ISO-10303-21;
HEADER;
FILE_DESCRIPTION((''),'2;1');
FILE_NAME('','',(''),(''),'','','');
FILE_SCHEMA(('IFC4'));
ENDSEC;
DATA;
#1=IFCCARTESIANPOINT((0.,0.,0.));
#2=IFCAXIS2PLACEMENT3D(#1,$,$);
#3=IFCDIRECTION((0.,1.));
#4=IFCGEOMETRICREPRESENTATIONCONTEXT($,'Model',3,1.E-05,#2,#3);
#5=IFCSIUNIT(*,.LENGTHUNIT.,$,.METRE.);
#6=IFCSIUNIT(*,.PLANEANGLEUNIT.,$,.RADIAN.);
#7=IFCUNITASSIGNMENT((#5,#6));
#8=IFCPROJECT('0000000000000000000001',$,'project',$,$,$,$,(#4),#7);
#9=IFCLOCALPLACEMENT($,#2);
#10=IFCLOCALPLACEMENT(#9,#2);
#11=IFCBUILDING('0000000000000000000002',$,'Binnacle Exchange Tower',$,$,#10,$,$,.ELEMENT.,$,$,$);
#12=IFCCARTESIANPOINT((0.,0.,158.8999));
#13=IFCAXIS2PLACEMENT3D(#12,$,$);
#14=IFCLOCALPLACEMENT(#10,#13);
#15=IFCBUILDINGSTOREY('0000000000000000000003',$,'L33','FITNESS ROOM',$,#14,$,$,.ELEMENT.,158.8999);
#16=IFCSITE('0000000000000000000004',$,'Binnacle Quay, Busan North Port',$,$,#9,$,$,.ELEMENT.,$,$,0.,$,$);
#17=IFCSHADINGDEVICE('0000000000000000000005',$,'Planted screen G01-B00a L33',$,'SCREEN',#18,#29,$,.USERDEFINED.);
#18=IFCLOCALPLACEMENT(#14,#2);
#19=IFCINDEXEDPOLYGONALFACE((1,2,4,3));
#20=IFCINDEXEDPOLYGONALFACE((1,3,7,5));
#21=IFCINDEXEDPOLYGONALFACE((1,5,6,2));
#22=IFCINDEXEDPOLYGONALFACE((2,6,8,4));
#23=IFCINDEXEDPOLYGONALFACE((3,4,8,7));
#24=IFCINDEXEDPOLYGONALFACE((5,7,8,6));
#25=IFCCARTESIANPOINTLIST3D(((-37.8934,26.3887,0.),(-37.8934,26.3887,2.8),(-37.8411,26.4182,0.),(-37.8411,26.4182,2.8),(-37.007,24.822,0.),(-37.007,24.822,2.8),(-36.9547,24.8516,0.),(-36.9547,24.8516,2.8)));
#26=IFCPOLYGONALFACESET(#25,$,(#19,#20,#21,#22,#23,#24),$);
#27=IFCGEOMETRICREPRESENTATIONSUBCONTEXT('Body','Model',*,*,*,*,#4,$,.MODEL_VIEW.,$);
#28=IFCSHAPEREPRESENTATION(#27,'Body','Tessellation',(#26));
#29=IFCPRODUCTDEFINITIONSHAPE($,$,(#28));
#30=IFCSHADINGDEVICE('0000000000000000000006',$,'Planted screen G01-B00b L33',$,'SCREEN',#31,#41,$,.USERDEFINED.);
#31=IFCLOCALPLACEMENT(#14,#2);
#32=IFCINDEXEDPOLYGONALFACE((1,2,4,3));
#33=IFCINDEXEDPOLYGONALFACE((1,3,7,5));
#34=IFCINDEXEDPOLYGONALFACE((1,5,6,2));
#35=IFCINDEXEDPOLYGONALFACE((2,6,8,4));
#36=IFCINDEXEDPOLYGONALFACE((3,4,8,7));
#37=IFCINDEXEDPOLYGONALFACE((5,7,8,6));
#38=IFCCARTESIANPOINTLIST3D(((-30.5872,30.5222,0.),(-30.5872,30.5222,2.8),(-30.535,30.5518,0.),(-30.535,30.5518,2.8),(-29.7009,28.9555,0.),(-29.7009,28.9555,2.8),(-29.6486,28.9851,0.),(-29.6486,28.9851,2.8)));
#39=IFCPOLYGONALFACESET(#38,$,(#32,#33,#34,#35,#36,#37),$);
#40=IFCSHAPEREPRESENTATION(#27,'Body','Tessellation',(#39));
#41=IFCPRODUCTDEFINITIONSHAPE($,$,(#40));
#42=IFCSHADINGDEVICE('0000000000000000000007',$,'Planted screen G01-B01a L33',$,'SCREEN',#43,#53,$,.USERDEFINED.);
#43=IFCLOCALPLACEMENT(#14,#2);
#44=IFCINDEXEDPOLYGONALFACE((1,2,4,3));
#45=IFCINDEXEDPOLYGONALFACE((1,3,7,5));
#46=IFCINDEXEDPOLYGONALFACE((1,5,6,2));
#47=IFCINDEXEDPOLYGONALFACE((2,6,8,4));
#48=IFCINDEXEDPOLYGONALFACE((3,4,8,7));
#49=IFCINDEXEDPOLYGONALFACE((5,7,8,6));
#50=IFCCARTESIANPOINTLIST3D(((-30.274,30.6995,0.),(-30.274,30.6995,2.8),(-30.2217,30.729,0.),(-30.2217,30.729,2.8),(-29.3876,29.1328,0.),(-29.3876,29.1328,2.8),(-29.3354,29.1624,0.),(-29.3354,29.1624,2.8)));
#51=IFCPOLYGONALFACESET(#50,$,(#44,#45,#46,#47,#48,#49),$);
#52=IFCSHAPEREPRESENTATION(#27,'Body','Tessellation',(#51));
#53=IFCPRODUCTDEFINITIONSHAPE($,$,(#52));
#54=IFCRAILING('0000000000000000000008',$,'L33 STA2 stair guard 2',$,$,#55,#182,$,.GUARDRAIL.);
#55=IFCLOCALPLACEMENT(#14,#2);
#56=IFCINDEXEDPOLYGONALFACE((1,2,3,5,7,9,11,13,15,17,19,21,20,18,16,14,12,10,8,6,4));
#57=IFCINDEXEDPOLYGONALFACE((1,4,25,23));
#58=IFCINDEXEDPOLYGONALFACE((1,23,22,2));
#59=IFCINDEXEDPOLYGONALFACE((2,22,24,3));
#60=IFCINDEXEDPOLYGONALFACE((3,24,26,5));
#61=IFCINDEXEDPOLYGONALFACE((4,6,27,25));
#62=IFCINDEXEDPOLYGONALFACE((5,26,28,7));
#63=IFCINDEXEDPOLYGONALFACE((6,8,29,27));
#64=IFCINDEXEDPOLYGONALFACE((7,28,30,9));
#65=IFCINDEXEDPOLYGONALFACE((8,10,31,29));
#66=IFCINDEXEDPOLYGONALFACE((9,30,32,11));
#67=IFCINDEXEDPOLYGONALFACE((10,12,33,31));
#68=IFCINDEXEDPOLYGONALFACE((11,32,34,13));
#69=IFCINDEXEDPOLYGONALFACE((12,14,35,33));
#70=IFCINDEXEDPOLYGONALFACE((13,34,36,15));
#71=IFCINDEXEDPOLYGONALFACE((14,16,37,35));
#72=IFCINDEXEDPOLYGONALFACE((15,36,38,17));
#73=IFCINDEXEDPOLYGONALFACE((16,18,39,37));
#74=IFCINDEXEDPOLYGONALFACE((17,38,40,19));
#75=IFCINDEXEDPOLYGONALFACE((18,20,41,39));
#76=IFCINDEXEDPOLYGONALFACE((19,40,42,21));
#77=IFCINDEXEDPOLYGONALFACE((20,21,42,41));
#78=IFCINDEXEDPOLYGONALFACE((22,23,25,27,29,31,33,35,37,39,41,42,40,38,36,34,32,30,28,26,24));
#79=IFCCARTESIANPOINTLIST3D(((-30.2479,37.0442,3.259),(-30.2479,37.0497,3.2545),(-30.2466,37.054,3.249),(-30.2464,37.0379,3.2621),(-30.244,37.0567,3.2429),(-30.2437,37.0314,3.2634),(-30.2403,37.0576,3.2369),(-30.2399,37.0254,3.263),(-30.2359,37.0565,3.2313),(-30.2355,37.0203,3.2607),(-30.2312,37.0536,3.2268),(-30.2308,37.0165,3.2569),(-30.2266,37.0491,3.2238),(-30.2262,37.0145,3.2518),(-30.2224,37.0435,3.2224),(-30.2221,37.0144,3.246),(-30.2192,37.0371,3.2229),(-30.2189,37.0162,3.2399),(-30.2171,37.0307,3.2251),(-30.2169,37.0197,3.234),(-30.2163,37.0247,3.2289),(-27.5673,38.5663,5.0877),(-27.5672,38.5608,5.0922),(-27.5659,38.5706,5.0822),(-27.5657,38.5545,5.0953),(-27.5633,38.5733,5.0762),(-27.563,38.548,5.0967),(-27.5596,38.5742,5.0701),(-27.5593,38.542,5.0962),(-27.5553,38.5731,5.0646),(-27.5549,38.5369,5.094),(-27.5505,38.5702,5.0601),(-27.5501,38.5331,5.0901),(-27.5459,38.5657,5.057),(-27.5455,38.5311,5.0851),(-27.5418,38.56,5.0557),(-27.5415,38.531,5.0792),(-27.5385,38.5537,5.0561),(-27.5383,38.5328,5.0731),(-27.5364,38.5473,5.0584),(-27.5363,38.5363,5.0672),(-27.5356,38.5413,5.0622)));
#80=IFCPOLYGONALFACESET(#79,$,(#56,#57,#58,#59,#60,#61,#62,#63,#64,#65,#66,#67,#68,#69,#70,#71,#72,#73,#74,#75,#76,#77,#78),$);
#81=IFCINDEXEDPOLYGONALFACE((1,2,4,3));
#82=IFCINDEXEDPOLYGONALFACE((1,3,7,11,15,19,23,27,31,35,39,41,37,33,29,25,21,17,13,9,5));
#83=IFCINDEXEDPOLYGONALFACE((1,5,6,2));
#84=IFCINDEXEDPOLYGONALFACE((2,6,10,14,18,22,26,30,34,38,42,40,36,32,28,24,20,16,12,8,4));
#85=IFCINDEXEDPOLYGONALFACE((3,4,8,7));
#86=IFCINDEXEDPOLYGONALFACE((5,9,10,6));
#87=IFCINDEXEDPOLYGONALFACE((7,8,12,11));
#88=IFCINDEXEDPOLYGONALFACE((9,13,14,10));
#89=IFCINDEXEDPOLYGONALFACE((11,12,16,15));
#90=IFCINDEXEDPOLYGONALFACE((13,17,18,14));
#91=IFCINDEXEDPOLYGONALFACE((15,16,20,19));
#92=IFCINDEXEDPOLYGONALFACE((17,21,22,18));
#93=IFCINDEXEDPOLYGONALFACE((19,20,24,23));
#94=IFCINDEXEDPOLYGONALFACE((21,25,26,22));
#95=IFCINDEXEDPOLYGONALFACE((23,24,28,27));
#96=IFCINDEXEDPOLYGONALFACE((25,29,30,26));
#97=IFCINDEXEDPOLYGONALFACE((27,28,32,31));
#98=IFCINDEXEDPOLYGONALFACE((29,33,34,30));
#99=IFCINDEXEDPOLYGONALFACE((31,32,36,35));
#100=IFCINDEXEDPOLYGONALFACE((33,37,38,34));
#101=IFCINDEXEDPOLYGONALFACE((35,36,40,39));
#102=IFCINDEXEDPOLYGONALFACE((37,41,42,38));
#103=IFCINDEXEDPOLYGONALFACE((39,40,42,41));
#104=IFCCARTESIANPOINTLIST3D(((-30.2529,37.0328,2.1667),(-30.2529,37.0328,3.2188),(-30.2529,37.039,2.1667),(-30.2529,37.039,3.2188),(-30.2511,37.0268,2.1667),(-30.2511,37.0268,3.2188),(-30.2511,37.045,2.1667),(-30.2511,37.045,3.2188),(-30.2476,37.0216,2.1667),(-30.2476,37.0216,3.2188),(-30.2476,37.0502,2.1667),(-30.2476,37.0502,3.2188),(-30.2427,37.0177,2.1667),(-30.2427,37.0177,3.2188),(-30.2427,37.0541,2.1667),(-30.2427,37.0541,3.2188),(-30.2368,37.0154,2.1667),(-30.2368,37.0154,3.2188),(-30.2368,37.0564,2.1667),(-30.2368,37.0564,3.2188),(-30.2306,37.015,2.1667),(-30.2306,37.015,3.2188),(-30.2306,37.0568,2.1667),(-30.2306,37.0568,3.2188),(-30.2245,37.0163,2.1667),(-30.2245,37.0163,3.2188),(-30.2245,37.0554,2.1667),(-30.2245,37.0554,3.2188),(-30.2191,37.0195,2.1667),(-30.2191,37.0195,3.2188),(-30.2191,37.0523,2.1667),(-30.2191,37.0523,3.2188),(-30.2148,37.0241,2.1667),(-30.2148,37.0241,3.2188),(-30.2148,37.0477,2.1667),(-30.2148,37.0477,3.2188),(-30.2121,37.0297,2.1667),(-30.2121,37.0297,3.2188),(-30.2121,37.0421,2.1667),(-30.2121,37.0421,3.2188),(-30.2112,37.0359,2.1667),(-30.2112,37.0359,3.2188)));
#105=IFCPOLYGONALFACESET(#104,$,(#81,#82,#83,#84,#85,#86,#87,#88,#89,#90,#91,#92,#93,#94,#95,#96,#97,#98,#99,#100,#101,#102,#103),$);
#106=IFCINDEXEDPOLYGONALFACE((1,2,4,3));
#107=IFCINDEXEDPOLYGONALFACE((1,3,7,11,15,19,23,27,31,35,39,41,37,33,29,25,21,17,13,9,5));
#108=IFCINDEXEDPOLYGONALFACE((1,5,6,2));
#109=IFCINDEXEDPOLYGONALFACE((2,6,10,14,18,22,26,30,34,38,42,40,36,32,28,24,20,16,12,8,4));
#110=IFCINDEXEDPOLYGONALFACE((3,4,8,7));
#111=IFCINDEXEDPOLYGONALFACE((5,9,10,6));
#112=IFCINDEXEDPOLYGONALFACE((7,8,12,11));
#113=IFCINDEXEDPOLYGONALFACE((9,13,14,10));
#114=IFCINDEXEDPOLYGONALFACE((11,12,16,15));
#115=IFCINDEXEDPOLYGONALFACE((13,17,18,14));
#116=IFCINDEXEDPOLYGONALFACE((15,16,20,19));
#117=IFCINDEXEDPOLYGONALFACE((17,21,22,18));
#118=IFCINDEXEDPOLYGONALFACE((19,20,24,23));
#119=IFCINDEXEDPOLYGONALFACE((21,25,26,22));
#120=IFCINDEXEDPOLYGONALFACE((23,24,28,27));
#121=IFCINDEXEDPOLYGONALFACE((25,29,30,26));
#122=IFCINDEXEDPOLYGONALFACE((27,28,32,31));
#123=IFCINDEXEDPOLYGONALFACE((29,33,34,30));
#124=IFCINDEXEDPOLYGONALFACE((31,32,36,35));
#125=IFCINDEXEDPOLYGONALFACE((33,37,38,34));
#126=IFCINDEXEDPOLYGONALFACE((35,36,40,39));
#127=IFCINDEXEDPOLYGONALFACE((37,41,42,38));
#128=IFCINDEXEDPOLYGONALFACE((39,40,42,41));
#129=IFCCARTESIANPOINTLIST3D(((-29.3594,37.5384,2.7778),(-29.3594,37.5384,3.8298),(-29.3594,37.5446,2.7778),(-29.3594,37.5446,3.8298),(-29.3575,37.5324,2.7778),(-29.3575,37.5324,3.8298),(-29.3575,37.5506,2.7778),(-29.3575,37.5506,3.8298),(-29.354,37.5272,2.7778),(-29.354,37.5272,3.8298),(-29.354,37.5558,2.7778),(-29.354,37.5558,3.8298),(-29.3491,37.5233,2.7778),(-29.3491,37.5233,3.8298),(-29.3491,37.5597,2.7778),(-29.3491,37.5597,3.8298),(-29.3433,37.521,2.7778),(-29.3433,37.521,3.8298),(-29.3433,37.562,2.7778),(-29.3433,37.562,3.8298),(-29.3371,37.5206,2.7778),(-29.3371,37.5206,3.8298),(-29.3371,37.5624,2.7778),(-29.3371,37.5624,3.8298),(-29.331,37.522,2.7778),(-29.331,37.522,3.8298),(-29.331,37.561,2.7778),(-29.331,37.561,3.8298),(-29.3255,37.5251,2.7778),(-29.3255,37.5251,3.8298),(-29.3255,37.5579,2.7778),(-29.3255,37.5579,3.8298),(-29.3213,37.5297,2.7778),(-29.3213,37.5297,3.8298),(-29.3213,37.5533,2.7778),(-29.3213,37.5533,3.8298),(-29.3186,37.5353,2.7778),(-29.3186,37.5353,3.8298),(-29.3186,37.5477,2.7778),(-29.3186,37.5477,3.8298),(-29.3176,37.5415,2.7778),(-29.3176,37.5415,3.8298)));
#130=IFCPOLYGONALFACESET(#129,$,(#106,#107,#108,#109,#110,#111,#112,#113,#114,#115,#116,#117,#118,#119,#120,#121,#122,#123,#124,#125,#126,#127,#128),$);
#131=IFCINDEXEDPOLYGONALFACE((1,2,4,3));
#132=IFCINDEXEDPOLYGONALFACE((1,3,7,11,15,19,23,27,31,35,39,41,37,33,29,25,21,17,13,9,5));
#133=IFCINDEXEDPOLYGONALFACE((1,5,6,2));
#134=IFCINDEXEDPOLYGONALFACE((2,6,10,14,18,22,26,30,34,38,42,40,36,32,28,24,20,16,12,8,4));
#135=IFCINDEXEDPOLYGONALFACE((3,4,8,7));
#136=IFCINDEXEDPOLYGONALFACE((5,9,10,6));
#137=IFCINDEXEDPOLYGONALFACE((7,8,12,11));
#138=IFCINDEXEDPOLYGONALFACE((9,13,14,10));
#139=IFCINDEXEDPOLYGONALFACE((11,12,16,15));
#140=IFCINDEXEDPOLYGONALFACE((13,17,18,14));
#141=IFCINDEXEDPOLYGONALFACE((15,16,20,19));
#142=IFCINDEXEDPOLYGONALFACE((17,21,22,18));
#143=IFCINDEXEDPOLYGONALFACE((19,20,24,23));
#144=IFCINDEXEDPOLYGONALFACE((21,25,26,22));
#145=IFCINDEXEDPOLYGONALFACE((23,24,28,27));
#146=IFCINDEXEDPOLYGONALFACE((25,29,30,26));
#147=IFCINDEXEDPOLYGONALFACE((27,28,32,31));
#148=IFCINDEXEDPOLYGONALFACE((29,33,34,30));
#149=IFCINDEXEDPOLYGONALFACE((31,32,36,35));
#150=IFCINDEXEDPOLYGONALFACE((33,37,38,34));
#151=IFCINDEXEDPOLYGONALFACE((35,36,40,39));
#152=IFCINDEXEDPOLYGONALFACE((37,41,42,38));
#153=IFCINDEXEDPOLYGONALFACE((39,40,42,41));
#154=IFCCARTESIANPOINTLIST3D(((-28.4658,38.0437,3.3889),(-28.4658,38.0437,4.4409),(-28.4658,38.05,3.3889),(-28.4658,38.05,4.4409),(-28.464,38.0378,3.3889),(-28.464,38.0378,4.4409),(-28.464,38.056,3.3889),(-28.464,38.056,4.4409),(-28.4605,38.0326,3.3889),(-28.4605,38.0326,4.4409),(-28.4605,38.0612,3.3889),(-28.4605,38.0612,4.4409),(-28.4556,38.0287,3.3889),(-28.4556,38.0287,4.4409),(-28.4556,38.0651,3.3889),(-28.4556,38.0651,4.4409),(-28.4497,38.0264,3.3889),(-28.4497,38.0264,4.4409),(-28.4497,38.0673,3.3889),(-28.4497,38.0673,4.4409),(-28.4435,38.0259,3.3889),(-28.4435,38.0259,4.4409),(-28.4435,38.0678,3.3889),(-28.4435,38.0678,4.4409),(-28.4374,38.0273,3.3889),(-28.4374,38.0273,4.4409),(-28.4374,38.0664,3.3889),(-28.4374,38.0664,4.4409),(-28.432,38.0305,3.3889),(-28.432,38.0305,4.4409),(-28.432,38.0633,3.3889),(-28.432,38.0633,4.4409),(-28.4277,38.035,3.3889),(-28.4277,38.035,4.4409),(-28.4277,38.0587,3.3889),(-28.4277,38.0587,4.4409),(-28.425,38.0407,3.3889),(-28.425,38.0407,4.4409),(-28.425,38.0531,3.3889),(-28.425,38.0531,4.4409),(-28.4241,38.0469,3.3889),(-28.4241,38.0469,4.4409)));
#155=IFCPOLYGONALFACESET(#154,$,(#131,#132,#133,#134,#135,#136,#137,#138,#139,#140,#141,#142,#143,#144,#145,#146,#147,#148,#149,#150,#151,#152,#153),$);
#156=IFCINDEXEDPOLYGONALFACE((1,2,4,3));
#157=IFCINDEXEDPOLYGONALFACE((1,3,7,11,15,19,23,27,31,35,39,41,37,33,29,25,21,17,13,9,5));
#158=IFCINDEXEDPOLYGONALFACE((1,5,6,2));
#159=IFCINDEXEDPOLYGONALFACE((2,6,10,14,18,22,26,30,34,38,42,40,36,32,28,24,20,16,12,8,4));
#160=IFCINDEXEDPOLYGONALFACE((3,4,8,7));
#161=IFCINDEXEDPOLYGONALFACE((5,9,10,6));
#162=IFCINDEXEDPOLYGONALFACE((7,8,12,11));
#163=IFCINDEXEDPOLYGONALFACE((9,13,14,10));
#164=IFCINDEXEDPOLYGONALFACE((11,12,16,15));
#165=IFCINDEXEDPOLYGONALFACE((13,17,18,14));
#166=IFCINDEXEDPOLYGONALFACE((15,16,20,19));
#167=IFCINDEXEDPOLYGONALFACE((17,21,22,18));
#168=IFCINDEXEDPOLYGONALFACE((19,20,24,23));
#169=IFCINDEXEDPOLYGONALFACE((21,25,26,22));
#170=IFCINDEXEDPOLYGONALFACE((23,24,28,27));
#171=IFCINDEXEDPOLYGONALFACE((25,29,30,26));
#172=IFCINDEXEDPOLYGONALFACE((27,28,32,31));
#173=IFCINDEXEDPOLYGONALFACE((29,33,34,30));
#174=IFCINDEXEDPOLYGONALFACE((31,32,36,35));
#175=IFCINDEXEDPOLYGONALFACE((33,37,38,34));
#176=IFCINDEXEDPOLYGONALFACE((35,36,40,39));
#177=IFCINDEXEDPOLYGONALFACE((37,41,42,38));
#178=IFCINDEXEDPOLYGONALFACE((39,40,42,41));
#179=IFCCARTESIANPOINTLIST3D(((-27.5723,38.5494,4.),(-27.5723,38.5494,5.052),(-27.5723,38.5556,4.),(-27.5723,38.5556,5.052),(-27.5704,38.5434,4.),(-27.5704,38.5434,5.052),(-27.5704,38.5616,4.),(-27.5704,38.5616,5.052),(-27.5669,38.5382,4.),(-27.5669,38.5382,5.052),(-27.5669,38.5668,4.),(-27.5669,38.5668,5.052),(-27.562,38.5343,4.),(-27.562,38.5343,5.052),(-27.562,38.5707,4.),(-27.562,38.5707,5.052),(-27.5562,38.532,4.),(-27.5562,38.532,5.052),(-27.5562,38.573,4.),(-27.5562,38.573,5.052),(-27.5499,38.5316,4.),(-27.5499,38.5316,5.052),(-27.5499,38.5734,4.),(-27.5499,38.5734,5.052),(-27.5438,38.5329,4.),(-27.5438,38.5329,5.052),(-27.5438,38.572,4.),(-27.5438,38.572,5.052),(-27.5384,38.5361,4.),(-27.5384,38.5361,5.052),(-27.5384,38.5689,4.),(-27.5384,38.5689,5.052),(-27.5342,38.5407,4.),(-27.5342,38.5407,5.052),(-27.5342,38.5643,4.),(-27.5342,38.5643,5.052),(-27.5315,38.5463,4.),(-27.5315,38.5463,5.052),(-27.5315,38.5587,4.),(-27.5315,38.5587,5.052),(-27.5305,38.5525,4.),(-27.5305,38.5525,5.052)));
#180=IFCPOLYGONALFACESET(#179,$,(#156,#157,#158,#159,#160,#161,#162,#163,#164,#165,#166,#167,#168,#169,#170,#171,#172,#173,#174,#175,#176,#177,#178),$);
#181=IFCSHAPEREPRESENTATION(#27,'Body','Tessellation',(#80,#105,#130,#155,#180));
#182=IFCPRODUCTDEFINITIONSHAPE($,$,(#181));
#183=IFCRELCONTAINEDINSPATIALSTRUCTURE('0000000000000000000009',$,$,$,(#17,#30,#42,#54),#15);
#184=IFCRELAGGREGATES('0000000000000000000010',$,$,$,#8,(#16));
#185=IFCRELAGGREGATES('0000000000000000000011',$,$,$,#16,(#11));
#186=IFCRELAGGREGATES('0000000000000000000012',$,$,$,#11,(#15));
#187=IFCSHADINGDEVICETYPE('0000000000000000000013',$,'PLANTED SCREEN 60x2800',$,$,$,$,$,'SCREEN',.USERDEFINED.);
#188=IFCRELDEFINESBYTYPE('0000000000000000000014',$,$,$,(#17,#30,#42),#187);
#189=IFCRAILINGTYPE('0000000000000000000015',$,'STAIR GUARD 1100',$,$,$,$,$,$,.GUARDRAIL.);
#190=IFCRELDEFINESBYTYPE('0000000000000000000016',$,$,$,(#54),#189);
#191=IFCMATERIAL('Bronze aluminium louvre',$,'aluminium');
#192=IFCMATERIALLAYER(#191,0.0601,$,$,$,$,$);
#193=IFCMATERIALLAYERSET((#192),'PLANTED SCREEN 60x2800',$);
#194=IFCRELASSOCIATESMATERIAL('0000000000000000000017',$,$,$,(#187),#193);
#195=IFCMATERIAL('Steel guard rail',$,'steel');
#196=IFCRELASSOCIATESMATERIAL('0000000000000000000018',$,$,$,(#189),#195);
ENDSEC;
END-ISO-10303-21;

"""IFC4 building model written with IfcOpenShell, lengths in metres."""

from ifc_helpers import new_model, si_unit, direction, frame, origin, origin_2d, place, context, subcontext, project, spatial, rectangle, circle, extrude, material, layer, layer_set, type_object, element, save


model = new_model("IFC4")

# Units and contexts
model_context = context("Model", 3, precision=1e-05, world=origin(), true_north=direction((0.0, 1.0)))
body_context = subcontext(model_context, "Body", "Model", "MODEL_VIEW")
ifc_project = project(units=[si_unit("LENGTHUNIT", "METRE"), si_unit("PLANEANGLEUNIT", "RADIAN")], contexts=[model_context])

# Site, building, storey
site_placement = place(None, origin())
site = spatial("IfcSite", under=ifc_project, at=site_placement, Name="Binnacle Quay, Busan North Port", CompositionType="ELEMENT", RefElevation=0.0)
building_placement = place(site_placement, origin())
building = spatial("IfcBuilding", under=site, at=building_placement, Name="Binnacle Exchange Tower", CompositionType="ELEMENT")
storey_placement = place(building_placement, frame((0.0, 0.0, 158.8999)))
storey = spatial("IfcBuildingStorey", under=building, at=storey_placement, Name="L33", Description="FITNESS ROOM", CompositionType="ELEMENT", Elevation=158.8999)

# Shading devices
ifc_material_1 = material(Name="Bronze aluminium louvre", Category="aluminium")
ifc_layer_1 = layer(ifc_material_1, 0.0601)
ifc_layer_set_1 = layer_set([ifc_layer_1], Name="PLANTED SCREEN 60x2800")
shading_device_type = type_object("IfcShadingDeviceType", Name="PLANTED SCREEN 60x2800", ElementType="SCREEN", PredefinedType="USERDEFINED", material=ifc_layer_set_1)
for number, where, z_axis, x_axis, name in (
    (1, (-37.4241, 25.6201, 0.0), (0.0, 0.0, 1.0), (0.870356, 0.492424, 0.0), "Planted screen G01-B00a L33"),
    (2, (-30.1179, 29.7537, 0.0), (0.0, 0.0, 1.0), (0.870356, 0.492424, 0.0), "Planted screen G01-B00b L33"),
    (3, (-29.8047, 29.9309, 0.0), (0.0, 0.0, 1.0), (0.870356, 0.492424, 0.0), "Planted screen G01-B01a L33"),
):
    element("IfcShadingDevice", number, at=place(storey_placement, frame(where, z_axis=z_axis, x_axis=x_axis)), inside=storey, type_object=shading_device_type, Name=name, ObjectType="SCREEN", PredefinedType="USERDEFINED", context=body_context, shape_type="SweptSolid", body=[
        extrude(rectangle(XDim=0.0601, YDim=1.8, at=origin_2d()), origin(), (0.0, 0.0, 1.0), 2.8),
    ])

# Railing
ifc_material_2 = material(Name="Steel guard rail", Category="steel")
railing_type_1 = type_object("IfcRailingType", Name="STAIR GUARD 1100", PredefinedType="GUARDRAIL", material=ifc_material_2)
railing_1_placement = place(storey_placement, frame((-30.2322, 37.0359, 2.1667)))
element("IfcRailing", 4, at=railing_1_placement, inside=storey, type_object=railing_type_1, Name="L33 STA2 stair guard 2", PredefinedType="GUARDRAIL", context=body_context, shape_type="SweptSolid", body=[
    extrude(circle(Radius=0.0239, at=origin_2d()), frame((0.0, 0.0, 1.0762), z_axis=(0.747901, 0.423129, 0.511474), x_axis=(-0.492412, 0.870362, 0.0)), (0.0, 0.0, 1.0), 3.5842),
    extrude(circle(Radius=0.021, at=origin_2d()), origin(), (0.0, 0.0, 1.0), 1.052),
    extrude(circle(Radius=0.021, at=origin_2d()), frame((0.8936, 0.5056, 0.6111)), (0.0, 0.0, 1.0), 1.052),
    extrude(circle(Radius=0.021, at=origin_2d()), frame((1.7871, 1.011, 1.2222)), (0.0, 0.0, 1.0), 1.052),
    extrude(circle(Radius=0.021, at=origin_2d()), frame((2.6807, 1.5166, 1.8333)), (0.0, 0.0, 1.0), 1.052),
])

save(model, "model.ifc")
